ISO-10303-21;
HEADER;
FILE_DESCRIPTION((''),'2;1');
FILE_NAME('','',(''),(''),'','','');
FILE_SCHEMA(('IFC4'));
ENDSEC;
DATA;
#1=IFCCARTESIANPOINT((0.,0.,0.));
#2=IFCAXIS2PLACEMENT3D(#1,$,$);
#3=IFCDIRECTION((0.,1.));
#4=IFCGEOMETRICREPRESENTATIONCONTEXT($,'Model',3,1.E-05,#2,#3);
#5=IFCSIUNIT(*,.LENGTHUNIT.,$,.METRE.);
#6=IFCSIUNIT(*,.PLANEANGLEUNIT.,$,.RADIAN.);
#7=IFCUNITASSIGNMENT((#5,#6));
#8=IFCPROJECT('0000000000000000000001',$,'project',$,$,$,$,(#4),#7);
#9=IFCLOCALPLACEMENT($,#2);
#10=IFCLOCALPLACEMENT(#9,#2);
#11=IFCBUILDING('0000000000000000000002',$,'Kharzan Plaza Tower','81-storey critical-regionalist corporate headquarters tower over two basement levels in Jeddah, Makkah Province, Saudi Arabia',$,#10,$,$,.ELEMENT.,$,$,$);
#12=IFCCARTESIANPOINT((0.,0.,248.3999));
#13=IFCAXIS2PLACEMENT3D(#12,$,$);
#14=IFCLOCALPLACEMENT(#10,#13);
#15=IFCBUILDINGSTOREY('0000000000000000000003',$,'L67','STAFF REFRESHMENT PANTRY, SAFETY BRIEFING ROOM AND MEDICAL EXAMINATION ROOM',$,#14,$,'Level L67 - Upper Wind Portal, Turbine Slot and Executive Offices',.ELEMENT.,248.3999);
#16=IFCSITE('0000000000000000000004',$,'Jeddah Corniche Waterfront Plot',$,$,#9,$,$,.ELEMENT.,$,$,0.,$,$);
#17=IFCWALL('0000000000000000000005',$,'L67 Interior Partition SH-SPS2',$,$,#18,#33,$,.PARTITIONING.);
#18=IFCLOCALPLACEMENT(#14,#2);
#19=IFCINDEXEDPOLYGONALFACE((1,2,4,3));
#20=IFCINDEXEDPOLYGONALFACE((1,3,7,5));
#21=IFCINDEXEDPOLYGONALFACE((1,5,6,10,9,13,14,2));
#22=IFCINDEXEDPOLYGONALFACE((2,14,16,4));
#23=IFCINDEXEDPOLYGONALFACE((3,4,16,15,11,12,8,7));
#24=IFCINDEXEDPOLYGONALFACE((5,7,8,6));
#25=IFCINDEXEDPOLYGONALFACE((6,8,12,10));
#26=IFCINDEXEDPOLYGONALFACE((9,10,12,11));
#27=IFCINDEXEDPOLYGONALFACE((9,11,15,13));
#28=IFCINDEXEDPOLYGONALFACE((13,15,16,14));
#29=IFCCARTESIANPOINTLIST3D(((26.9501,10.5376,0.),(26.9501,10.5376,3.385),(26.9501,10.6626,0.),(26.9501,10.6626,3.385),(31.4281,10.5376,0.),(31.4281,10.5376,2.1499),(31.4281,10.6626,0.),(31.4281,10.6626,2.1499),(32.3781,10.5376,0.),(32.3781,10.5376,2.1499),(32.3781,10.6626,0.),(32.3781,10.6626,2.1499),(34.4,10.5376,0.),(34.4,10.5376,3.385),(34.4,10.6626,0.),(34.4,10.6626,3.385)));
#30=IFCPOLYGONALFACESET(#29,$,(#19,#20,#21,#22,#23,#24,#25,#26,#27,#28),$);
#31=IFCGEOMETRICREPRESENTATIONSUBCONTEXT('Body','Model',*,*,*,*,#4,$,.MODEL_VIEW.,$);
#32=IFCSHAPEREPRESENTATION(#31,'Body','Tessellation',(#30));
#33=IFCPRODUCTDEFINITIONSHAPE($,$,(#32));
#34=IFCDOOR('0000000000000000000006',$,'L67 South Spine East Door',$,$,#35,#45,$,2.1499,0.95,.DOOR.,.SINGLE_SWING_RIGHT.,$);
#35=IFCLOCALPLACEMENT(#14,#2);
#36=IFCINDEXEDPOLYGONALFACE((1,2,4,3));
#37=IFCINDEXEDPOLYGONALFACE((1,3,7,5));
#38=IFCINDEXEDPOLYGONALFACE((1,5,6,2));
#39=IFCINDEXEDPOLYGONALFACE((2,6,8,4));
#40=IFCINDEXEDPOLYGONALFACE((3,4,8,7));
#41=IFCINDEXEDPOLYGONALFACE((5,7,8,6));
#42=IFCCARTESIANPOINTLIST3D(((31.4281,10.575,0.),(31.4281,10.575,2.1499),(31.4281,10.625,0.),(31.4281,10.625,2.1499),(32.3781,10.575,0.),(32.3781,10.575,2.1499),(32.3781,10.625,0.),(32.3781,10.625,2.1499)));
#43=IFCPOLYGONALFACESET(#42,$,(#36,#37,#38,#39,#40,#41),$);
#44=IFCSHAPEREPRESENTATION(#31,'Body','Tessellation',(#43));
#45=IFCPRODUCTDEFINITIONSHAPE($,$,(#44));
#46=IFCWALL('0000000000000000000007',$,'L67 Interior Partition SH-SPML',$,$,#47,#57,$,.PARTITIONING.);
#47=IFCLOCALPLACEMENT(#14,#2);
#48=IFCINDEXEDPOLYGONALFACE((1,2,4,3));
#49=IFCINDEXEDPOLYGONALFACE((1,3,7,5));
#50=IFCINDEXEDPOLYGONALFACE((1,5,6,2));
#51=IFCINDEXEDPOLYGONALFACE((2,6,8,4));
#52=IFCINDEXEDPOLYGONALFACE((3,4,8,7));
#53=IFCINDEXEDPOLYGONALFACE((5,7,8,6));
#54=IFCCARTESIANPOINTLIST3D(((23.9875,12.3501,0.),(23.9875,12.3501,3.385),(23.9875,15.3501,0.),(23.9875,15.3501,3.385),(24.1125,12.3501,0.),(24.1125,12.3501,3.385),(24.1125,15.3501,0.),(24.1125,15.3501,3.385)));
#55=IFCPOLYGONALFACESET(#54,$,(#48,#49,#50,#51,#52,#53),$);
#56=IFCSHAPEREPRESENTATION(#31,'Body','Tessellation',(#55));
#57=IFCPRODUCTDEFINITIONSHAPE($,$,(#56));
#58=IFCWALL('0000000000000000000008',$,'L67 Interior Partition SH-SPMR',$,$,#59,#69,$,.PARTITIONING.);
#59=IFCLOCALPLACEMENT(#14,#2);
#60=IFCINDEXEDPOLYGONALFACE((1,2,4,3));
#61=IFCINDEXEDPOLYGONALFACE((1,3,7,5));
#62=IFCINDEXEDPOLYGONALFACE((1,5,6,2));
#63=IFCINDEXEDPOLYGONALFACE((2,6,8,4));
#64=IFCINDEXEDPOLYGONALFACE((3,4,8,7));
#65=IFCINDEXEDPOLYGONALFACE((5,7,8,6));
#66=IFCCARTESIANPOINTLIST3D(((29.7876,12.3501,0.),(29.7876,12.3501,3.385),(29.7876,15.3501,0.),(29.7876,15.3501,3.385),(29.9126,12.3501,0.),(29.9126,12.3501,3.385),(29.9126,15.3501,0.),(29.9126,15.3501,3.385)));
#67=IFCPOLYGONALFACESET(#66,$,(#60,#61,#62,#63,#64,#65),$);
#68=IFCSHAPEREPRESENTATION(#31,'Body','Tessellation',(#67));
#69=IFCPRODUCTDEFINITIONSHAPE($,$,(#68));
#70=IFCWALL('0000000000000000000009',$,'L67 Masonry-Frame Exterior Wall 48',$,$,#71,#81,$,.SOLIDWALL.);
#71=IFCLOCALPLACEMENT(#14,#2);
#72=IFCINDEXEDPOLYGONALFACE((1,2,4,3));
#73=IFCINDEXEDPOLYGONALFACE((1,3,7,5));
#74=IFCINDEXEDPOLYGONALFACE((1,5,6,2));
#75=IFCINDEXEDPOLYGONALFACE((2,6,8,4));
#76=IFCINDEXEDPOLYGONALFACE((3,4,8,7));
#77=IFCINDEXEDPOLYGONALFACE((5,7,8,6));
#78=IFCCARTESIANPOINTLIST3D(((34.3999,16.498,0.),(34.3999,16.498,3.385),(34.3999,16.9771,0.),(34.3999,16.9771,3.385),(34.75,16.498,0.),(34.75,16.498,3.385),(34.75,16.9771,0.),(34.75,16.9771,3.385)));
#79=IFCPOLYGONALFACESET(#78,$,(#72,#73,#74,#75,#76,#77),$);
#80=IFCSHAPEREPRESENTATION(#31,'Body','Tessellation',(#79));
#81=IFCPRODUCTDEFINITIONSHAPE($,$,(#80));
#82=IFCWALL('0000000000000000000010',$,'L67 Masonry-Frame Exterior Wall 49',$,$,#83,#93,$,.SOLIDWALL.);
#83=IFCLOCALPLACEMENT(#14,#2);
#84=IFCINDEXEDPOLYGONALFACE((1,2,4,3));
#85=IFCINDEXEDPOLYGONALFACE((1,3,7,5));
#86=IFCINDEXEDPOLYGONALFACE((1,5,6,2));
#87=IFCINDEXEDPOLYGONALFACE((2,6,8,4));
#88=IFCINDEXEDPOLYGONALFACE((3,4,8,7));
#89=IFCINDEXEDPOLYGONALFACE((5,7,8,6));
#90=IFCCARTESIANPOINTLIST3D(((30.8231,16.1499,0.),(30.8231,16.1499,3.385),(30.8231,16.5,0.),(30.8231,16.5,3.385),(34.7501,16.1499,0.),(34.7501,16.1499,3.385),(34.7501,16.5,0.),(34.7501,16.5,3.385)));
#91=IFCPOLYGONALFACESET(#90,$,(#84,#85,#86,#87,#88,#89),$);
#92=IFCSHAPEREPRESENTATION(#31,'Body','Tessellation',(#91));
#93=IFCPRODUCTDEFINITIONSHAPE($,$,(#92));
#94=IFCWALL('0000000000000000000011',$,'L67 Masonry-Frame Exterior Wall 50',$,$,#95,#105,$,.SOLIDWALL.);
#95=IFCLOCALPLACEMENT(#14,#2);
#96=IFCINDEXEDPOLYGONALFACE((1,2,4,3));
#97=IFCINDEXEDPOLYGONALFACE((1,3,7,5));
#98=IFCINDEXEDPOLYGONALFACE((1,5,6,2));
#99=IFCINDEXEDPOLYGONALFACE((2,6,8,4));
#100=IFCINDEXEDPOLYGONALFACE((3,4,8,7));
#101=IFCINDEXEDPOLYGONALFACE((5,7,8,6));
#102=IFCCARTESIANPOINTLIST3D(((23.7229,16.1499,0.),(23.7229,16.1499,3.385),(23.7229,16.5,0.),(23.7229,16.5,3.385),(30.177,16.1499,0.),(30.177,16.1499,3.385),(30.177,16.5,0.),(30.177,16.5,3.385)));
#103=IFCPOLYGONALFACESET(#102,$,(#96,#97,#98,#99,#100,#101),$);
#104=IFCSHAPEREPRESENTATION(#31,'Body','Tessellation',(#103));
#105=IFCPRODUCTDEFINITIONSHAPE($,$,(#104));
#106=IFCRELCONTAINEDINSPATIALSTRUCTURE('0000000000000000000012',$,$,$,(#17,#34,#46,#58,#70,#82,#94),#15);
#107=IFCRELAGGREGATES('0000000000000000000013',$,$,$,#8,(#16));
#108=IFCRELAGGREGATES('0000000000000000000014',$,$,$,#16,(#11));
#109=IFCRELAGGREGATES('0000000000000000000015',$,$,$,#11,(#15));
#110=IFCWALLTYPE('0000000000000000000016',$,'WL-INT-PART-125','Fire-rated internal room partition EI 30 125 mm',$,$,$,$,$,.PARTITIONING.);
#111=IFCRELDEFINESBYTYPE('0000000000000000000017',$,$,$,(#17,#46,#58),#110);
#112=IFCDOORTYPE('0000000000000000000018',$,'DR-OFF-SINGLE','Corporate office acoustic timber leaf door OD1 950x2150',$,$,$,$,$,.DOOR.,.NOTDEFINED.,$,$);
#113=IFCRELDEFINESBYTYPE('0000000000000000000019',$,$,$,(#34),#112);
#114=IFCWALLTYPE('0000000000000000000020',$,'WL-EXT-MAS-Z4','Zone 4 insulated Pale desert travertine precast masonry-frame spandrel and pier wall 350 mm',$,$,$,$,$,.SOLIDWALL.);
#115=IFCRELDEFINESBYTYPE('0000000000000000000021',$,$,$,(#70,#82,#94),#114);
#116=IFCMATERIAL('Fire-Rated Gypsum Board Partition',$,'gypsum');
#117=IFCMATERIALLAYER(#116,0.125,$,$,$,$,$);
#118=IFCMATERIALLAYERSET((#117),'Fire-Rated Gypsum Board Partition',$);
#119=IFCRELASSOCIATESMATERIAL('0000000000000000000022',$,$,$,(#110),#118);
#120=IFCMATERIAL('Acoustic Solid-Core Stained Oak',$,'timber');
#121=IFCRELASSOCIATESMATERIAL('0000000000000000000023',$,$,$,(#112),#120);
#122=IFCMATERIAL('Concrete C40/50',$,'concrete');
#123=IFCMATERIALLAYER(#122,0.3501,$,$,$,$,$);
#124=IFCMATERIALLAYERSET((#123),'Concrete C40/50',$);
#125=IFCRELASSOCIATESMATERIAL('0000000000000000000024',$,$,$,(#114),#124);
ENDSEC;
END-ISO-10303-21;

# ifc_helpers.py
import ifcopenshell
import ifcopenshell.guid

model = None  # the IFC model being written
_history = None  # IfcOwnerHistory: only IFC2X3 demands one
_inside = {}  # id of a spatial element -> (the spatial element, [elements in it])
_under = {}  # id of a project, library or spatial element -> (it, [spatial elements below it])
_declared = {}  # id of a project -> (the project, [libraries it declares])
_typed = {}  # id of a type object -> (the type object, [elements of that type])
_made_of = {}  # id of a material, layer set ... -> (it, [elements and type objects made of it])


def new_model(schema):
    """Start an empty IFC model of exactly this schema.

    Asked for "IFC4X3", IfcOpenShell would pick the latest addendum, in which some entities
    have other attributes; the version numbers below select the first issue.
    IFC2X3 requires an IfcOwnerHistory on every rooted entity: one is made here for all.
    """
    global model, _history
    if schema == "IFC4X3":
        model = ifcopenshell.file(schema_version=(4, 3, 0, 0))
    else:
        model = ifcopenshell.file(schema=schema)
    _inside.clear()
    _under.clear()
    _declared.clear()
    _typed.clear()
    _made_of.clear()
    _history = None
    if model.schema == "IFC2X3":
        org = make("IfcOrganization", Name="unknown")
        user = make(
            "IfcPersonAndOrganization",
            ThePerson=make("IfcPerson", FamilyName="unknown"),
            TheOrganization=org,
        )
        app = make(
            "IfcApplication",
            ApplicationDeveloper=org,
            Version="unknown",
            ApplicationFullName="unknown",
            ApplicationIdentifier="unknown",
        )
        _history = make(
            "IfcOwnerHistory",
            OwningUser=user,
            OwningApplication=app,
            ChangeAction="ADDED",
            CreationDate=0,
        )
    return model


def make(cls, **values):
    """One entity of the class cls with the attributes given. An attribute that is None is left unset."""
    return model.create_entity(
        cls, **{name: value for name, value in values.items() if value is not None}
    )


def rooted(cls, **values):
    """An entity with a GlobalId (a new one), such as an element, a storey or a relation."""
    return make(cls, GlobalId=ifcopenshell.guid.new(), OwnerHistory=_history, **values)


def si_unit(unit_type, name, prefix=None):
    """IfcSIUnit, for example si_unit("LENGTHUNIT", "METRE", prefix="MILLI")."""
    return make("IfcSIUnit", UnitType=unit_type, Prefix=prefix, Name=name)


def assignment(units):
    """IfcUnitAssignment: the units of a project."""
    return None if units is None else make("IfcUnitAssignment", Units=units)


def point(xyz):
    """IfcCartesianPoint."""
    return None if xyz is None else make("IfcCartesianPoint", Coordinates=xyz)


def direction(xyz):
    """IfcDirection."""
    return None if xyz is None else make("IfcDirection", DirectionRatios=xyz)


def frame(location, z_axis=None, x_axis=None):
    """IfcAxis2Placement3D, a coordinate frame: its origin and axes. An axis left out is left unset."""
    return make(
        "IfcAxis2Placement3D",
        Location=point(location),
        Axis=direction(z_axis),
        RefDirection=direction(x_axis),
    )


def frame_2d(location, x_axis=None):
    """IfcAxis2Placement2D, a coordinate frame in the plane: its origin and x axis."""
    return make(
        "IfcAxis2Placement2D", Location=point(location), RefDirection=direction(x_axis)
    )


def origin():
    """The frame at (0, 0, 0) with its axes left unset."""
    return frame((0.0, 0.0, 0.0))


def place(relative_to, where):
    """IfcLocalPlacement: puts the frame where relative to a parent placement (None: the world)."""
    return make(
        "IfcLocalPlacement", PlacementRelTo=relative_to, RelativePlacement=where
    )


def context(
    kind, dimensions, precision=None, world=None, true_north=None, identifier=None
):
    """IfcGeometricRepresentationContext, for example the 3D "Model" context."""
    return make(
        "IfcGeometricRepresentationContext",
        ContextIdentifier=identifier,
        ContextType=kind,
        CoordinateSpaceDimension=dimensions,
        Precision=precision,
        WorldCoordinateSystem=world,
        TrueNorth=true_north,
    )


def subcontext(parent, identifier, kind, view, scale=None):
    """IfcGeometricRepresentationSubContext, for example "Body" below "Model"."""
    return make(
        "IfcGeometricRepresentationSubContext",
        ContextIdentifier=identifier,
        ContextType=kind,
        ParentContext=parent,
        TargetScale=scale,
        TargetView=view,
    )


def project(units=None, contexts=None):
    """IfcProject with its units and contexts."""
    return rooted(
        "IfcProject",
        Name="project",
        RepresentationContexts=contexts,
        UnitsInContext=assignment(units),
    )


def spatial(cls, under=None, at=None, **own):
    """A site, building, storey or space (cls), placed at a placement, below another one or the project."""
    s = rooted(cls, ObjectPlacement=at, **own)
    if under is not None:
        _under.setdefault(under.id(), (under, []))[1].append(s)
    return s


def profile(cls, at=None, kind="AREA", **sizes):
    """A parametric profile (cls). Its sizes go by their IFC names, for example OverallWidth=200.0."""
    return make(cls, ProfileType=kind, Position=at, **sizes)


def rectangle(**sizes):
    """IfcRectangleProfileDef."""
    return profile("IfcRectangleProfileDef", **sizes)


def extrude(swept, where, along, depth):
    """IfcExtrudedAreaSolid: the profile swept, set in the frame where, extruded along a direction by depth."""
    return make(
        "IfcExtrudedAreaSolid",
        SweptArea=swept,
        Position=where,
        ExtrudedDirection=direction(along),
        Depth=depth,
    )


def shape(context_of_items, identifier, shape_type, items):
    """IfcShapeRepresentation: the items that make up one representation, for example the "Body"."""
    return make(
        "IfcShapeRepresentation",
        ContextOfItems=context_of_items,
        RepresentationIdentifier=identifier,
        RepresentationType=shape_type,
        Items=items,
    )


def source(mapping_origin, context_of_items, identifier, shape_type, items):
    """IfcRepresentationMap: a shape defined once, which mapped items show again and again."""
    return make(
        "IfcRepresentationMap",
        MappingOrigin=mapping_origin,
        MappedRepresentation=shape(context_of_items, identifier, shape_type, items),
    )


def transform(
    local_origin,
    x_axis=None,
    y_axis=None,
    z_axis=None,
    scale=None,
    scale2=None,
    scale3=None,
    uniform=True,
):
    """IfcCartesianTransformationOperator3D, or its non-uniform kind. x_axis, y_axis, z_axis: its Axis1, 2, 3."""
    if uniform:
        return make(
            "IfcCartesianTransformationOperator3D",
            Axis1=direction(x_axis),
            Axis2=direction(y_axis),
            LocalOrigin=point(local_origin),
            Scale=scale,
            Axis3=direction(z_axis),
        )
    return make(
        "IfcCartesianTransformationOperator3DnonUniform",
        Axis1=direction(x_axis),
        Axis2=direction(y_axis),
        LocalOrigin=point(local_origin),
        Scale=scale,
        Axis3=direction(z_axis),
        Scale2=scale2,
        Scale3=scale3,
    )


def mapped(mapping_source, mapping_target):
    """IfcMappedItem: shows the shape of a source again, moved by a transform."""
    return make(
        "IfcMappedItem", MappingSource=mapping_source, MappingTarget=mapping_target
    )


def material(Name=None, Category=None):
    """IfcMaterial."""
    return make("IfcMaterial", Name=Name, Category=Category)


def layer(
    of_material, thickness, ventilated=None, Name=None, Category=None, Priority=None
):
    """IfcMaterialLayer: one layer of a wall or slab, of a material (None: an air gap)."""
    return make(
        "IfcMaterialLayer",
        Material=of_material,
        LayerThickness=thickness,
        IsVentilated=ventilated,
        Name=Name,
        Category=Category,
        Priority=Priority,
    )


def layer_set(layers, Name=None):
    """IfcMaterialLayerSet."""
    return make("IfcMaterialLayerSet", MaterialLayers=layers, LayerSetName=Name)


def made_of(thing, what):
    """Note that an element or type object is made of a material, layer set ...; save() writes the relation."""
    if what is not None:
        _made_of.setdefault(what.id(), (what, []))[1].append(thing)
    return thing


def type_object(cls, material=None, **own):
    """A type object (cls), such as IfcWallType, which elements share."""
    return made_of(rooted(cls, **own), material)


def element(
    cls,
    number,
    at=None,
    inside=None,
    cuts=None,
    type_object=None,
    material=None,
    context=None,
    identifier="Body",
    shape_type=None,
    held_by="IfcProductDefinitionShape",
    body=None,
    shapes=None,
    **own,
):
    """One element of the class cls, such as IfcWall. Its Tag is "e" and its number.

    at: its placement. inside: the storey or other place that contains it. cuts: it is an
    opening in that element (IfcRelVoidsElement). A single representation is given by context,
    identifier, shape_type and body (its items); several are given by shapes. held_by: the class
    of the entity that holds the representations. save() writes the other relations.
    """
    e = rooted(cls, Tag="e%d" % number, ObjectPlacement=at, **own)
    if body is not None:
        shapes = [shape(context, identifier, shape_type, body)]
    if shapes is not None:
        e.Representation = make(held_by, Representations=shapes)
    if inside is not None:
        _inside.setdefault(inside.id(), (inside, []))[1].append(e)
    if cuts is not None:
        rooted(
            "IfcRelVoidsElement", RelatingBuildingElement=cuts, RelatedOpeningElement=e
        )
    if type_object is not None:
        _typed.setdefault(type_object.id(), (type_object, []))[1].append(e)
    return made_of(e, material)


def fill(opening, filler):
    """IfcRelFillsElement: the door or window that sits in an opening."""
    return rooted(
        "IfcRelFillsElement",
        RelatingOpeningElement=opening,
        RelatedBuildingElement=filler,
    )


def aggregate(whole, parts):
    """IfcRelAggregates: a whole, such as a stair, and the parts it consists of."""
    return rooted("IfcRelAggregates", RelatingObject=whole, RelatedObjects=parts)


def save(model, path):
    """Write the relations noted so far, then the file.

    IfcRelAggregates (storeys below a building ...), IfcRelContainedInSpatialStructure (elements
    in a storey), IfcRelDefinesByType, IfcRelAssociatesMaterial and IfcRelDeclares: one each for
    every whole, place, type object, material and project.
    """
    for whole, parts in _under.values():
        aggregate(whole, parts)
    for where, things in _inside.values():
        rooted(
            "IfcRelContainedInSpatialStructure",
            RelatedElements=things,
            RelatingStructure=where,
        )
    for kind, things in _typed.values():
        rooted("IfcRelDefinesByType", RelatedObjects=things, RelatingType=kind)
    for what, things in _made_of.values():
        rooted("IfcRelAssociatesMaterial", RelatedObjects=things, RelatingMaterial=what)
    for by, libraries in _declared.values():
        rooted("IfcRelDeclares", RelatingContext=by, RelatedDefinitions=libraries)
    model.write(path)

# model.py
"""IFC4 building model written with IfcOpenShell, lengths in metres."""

from ifc_helpers import new_model, si_unit, direction, frame, frame_2d, origin, place, context, subcontext, project, spatial, rectangle, extrude, source, transform, mapped, material, layer, layer_set, type_object, element, fill, save


model = new_model("IFC4")

# Units and contexts
model_context = context("Model", 3, precision=1e-05, world=origin(), true_north=direction((0.0, 1.0)))
body_context = subcontext(model_context, "Body", "Model", "MODEL_VIEW")
ifc_project = project(units=[si_unit("LENGTHUNIT", "METRE"), si_unit("PLANEANGLEUNIT", "RADIAN")], contexts=[model_context])

# Site, building, storey
site_placement = place(None, origin())
site = spatial("IfcSite", under=ifc_project, at=site_placement, Name="Jeddah Corniche Waterfront Plot", CompositionType="ELEMENT", RefElevation=0.0)
building_placement = place(site_placement, origin())
building = spatial("IfcBuilding", under=site, at=building_placement, Name="Kharzan Plaza Tower", Description="81-storey critical-regionalist corporate headquarters tower over two basement levels in Jeddah, Makkah Province, Saudi Arabia", CompositionType="ELEMENT")
storey_placement = place(building_placement, frame((0.0, 0.0, 248.3999)))
storey = spatial("IfcBuildingStorey", under=building, at=storey_placement, Name="L67", Description="STAFF REFRESHMENT PANTRY, SAFETY BRIEFING ROOM AND MEDICAL EXAMINATION ROOM", LongName="Level L67 - Upper Wind Portal, Turbine Slot and Executive Offices", CompositionType="ELEMENT", Elevation=248.3999)

# Wall, opening, door
ifc_material_1 = material(Name="Fire-Rated Gypsum Board Partition", Category="gypsum")
ifc_layer_1 = layer(ifc_material_1, 0.125)
ifc_layer_set_1 = layer_set([ifc_layer_1], Name="Fire-Rated Gypsum Board Partition")
wall_type_1 = type_object("IfcWallType", Name="WL-INT-PART-125", Description="Fire-rated internal room partition EI 30 125 mm", PredefinedType="PARTITIONING", material=ifc_layer_set_1)
ifc_material_2 = material(Name="Acoustic Solid-Core Stained Oak", Category="timber")
door_type = type_object("IfcDoorType", Name="DR-OFF-SINGLE", Description="Corporate office acoustic timber leaf door OD1 950x2150", OperationType="NOTDEFINED", PredefinedType="DOOR", material=ifc_material_2)
shared_shape_1 = source(origin(), body_context, "Body", "SweptSolid", [
    extrude(rectangle(XDim=0.95, YDim=2.1499, at=frame_2d((0.4751, 1.075))), frame((0.0, 0.0249, 0.0), z_axis=(0.0, -1.0, 0.0), x_axis=(1.0, 0.0, 0.0)), (0.0, 0.0, 1.0), 0.05),
])
wall_1_placement = place(storey_placement, frame((26.95, 10.6001, 0.0), z_axis=(0.0, 0.0, 1.0), x_axis=(1.0, 0.0, 0.0)))
wall_1 = element("IfcWall", 1, at=wall_1_placement, inside=storey, type_object=wall_type_1, Name="L67 Interior Partition SH-SPS2", PredefinedType="PARTITIONING", context=body_context, shape_type="SweptSolid", body=[
    extrude(rectangle(XDim=7.45, YDim=0.125, at=frame_2d((3.7251, 0.0))), origin(), (0.0, 0.0, 1.0), 3.385),
])
opening_1_placement = place(wall_1_placement, frame((4.478, 0.0, 0.0)))
opening_1 = element("IfcOpeningElement", 2, at=opening_1_placement, cuts=wall_1, PredefinedType="OPENING", context=body_context, shape_type="SweptSolid", body=[
    extrude(rectangle(XDim=0.95, YDim=2.1499, at=frame_2d((0.4751, 1.075))), frame((0.0, 0.0725, 0.0), z_axis=(0.0, -1.0, 0.0), x_axis=(1.0, 0.0, 0.0)), (0.0, 0.0, 1.0), 0.145),
])
door_1_placement = place(opening_1_placement, origin())
door_1 = element("IfcDoor", 3, at=door_1_placement, inside=storey, type_object=door_type, Name="L67 South Spine East Door", OperationType="SINGLE_SWING_RIGHT", OverallHeight=2.1499, OverallWidth=0.95, PredefinedType="DOOR", context=body_context, shape_type="MappedRepresentation", body=[
    mapped(shared_shape_1, transform((0.0, 0.0, 0.0), x_axis=(1.0, 0.0, 0.0), y_axis=(0.0, 1.0, 0.0), z_axis=(0.0, 0.0, 1.0))),
])
fill(opening_1, door_1)

# Walls
shared_shape_2 = source(origin(), body_context, "Body", "SweptSolid", [
    extrude(rectangle(XDim=3.0, YDim=0.125, at=frame_2d((1.5, 0.0))), origin(), (0.0, 0.0, 1.0), 3.385),
])
for number, where, z_axis, x_axis, name in (
    (4, (24.05, 12.3501, 0.0), (0.0, 0.0, 1.0), (0.0, 1.0, 0.0), "L67 Interior Partition SH-SPML"),
    (5, (29.8501, 12.3501, 0.0), (0.0, 0.0, 1.0), (0.0, 1.0, 0.0), "L67 Interior Partition SH-SPMR"),
):
    element("IfcWall", number, at=place(storey_placement, frame(where, z_axis=z_axis, x_axis=x_axis)), inside=storey, type_object=wall_type_1, Name=name, PredefinedType="PARTITIONING", context=body_context, shape_type="MappedRepresentation", body=[
        mapped(shared_shape_2, transform((0.0, 0.0, 0.0), x_axis=(1.0, 0.0, 0.0), y_axis=(0.0, 1.0, 0.0), z_axis=(0.0, 0.0, 1.0))),
    ])
ifc_material_3 = material(Name="Concrete C40/50", Category="concrete")
ifc_layer_2 = layer(ifc_material_3, 0.3501)
ifc_layer_set_2 = layer_set([ifc_layer_2], Name="Concrete C40/50")
wall_type_2 = type_object("IfcWallType", Name="WL-EXT-MAS-Z4", Description="Zone 4 insulated Pale desert travertine precast masonry-frame spandrel and pier wall 350 mm", PredefinedType="SOLIDWALL", material=ifc_layer_set_2)
shared_shape_3 = source(origin(), body_context, "Body", "SweptSolid", [
    extrude(rectangle(XDim=0.479, YDim=0.3501, at=frame_2d((0.2395, 0.0))), origin(), (0.0, 0.0, 1.0), 3.385),
])
wall_2_placement = place(storey_placement, frame((34.575, 16.9771, 0.0), z_axis=(0.0, 0.0, 1.0), x_axis=(0.0, -1.0, 0.0)))
element("IfcWall", 6, at=wall_2_placement, inside=storey, type_object=wall_type_2, Name="L67 Masonry-Frame Exterior Wall 48", PredefinedType="SOLIDWALL", context=body_context, shape_type="MappedRepresentation", body=[
    mapped(shared_shape_3, transform((0.0, 0.0, 0.0), x_axis=(1.0, 0.0, 0.0), y_axis=(0.0, 1.0, 0.0), z_axis=(0.0, 0.0, 1.0))),
])
shared_shape_4 = source(origin(), body_context, "Body", "SweptSolid", [
    extrude(rectangle(XDim=3.927, YDim=0.3501, at=frame_2d((1.9634, 0.0))), origin(), (0.0, 0.0, 1.0), 3.385),
])
wall_3_placement = place(storey_placement, frame((34.75, 16.325, 0.0), z_axis=(0.0, 0.0, 1.0), x_axis=(-1.0, 0.0, 0.0)))
element("IfcWall", 7, at=wall_3_placement, inside=storey, type_object=wall_type_2, Name="L67 Masonry-Frame Exterior Wall 49", PredefinedType="SOLIDWALL", context=body_context, shape_type="MappedRepresentation", body=[
    mapped(shared_shape_4, transform((0.0, 0.0, 0.0), x_axis=(1.0, 0.0, 0.0), y_axis=(0.0, 1.0, 0.0), z_axis=(0.0, 0.0, 1.0))),
])
shared_shape_5 = source(origin(), body_context, "Body", "SweptSolid", [
    extrude(rectangle(XDim=6.4541, YDim=0.3501, at=frame_2d((3.2271, 0.0))), origin(), (0.0, 0.0, 1.0), 3.385),
])
wall_4_placement = place(storey_placement, frame((30.177, 16.325, 0.0), z_axis=(0.0, 0.0, 1.0), x_axis=(-1.0, 0.0, 0.0)))
element("IfcWall", 8, at=wall_4_placement, inside=storey, type_object=wall_type_2, Name="L67 Masonry-Frame Exterior Wall 50", PredefinedType="SOLIDWALL", context=body_context, shape_type="MappedRepresentation", body=[
    mapped(shared_shape_5, transform((0.0, 0.0, 0.0), x_axis=(1.0, 0.0, 0.0), y_axis=(0.0, 1.0, 0.0), z_axis=(0.0, 0.0, 1.0))),
])

save(model, "model.ifc")
